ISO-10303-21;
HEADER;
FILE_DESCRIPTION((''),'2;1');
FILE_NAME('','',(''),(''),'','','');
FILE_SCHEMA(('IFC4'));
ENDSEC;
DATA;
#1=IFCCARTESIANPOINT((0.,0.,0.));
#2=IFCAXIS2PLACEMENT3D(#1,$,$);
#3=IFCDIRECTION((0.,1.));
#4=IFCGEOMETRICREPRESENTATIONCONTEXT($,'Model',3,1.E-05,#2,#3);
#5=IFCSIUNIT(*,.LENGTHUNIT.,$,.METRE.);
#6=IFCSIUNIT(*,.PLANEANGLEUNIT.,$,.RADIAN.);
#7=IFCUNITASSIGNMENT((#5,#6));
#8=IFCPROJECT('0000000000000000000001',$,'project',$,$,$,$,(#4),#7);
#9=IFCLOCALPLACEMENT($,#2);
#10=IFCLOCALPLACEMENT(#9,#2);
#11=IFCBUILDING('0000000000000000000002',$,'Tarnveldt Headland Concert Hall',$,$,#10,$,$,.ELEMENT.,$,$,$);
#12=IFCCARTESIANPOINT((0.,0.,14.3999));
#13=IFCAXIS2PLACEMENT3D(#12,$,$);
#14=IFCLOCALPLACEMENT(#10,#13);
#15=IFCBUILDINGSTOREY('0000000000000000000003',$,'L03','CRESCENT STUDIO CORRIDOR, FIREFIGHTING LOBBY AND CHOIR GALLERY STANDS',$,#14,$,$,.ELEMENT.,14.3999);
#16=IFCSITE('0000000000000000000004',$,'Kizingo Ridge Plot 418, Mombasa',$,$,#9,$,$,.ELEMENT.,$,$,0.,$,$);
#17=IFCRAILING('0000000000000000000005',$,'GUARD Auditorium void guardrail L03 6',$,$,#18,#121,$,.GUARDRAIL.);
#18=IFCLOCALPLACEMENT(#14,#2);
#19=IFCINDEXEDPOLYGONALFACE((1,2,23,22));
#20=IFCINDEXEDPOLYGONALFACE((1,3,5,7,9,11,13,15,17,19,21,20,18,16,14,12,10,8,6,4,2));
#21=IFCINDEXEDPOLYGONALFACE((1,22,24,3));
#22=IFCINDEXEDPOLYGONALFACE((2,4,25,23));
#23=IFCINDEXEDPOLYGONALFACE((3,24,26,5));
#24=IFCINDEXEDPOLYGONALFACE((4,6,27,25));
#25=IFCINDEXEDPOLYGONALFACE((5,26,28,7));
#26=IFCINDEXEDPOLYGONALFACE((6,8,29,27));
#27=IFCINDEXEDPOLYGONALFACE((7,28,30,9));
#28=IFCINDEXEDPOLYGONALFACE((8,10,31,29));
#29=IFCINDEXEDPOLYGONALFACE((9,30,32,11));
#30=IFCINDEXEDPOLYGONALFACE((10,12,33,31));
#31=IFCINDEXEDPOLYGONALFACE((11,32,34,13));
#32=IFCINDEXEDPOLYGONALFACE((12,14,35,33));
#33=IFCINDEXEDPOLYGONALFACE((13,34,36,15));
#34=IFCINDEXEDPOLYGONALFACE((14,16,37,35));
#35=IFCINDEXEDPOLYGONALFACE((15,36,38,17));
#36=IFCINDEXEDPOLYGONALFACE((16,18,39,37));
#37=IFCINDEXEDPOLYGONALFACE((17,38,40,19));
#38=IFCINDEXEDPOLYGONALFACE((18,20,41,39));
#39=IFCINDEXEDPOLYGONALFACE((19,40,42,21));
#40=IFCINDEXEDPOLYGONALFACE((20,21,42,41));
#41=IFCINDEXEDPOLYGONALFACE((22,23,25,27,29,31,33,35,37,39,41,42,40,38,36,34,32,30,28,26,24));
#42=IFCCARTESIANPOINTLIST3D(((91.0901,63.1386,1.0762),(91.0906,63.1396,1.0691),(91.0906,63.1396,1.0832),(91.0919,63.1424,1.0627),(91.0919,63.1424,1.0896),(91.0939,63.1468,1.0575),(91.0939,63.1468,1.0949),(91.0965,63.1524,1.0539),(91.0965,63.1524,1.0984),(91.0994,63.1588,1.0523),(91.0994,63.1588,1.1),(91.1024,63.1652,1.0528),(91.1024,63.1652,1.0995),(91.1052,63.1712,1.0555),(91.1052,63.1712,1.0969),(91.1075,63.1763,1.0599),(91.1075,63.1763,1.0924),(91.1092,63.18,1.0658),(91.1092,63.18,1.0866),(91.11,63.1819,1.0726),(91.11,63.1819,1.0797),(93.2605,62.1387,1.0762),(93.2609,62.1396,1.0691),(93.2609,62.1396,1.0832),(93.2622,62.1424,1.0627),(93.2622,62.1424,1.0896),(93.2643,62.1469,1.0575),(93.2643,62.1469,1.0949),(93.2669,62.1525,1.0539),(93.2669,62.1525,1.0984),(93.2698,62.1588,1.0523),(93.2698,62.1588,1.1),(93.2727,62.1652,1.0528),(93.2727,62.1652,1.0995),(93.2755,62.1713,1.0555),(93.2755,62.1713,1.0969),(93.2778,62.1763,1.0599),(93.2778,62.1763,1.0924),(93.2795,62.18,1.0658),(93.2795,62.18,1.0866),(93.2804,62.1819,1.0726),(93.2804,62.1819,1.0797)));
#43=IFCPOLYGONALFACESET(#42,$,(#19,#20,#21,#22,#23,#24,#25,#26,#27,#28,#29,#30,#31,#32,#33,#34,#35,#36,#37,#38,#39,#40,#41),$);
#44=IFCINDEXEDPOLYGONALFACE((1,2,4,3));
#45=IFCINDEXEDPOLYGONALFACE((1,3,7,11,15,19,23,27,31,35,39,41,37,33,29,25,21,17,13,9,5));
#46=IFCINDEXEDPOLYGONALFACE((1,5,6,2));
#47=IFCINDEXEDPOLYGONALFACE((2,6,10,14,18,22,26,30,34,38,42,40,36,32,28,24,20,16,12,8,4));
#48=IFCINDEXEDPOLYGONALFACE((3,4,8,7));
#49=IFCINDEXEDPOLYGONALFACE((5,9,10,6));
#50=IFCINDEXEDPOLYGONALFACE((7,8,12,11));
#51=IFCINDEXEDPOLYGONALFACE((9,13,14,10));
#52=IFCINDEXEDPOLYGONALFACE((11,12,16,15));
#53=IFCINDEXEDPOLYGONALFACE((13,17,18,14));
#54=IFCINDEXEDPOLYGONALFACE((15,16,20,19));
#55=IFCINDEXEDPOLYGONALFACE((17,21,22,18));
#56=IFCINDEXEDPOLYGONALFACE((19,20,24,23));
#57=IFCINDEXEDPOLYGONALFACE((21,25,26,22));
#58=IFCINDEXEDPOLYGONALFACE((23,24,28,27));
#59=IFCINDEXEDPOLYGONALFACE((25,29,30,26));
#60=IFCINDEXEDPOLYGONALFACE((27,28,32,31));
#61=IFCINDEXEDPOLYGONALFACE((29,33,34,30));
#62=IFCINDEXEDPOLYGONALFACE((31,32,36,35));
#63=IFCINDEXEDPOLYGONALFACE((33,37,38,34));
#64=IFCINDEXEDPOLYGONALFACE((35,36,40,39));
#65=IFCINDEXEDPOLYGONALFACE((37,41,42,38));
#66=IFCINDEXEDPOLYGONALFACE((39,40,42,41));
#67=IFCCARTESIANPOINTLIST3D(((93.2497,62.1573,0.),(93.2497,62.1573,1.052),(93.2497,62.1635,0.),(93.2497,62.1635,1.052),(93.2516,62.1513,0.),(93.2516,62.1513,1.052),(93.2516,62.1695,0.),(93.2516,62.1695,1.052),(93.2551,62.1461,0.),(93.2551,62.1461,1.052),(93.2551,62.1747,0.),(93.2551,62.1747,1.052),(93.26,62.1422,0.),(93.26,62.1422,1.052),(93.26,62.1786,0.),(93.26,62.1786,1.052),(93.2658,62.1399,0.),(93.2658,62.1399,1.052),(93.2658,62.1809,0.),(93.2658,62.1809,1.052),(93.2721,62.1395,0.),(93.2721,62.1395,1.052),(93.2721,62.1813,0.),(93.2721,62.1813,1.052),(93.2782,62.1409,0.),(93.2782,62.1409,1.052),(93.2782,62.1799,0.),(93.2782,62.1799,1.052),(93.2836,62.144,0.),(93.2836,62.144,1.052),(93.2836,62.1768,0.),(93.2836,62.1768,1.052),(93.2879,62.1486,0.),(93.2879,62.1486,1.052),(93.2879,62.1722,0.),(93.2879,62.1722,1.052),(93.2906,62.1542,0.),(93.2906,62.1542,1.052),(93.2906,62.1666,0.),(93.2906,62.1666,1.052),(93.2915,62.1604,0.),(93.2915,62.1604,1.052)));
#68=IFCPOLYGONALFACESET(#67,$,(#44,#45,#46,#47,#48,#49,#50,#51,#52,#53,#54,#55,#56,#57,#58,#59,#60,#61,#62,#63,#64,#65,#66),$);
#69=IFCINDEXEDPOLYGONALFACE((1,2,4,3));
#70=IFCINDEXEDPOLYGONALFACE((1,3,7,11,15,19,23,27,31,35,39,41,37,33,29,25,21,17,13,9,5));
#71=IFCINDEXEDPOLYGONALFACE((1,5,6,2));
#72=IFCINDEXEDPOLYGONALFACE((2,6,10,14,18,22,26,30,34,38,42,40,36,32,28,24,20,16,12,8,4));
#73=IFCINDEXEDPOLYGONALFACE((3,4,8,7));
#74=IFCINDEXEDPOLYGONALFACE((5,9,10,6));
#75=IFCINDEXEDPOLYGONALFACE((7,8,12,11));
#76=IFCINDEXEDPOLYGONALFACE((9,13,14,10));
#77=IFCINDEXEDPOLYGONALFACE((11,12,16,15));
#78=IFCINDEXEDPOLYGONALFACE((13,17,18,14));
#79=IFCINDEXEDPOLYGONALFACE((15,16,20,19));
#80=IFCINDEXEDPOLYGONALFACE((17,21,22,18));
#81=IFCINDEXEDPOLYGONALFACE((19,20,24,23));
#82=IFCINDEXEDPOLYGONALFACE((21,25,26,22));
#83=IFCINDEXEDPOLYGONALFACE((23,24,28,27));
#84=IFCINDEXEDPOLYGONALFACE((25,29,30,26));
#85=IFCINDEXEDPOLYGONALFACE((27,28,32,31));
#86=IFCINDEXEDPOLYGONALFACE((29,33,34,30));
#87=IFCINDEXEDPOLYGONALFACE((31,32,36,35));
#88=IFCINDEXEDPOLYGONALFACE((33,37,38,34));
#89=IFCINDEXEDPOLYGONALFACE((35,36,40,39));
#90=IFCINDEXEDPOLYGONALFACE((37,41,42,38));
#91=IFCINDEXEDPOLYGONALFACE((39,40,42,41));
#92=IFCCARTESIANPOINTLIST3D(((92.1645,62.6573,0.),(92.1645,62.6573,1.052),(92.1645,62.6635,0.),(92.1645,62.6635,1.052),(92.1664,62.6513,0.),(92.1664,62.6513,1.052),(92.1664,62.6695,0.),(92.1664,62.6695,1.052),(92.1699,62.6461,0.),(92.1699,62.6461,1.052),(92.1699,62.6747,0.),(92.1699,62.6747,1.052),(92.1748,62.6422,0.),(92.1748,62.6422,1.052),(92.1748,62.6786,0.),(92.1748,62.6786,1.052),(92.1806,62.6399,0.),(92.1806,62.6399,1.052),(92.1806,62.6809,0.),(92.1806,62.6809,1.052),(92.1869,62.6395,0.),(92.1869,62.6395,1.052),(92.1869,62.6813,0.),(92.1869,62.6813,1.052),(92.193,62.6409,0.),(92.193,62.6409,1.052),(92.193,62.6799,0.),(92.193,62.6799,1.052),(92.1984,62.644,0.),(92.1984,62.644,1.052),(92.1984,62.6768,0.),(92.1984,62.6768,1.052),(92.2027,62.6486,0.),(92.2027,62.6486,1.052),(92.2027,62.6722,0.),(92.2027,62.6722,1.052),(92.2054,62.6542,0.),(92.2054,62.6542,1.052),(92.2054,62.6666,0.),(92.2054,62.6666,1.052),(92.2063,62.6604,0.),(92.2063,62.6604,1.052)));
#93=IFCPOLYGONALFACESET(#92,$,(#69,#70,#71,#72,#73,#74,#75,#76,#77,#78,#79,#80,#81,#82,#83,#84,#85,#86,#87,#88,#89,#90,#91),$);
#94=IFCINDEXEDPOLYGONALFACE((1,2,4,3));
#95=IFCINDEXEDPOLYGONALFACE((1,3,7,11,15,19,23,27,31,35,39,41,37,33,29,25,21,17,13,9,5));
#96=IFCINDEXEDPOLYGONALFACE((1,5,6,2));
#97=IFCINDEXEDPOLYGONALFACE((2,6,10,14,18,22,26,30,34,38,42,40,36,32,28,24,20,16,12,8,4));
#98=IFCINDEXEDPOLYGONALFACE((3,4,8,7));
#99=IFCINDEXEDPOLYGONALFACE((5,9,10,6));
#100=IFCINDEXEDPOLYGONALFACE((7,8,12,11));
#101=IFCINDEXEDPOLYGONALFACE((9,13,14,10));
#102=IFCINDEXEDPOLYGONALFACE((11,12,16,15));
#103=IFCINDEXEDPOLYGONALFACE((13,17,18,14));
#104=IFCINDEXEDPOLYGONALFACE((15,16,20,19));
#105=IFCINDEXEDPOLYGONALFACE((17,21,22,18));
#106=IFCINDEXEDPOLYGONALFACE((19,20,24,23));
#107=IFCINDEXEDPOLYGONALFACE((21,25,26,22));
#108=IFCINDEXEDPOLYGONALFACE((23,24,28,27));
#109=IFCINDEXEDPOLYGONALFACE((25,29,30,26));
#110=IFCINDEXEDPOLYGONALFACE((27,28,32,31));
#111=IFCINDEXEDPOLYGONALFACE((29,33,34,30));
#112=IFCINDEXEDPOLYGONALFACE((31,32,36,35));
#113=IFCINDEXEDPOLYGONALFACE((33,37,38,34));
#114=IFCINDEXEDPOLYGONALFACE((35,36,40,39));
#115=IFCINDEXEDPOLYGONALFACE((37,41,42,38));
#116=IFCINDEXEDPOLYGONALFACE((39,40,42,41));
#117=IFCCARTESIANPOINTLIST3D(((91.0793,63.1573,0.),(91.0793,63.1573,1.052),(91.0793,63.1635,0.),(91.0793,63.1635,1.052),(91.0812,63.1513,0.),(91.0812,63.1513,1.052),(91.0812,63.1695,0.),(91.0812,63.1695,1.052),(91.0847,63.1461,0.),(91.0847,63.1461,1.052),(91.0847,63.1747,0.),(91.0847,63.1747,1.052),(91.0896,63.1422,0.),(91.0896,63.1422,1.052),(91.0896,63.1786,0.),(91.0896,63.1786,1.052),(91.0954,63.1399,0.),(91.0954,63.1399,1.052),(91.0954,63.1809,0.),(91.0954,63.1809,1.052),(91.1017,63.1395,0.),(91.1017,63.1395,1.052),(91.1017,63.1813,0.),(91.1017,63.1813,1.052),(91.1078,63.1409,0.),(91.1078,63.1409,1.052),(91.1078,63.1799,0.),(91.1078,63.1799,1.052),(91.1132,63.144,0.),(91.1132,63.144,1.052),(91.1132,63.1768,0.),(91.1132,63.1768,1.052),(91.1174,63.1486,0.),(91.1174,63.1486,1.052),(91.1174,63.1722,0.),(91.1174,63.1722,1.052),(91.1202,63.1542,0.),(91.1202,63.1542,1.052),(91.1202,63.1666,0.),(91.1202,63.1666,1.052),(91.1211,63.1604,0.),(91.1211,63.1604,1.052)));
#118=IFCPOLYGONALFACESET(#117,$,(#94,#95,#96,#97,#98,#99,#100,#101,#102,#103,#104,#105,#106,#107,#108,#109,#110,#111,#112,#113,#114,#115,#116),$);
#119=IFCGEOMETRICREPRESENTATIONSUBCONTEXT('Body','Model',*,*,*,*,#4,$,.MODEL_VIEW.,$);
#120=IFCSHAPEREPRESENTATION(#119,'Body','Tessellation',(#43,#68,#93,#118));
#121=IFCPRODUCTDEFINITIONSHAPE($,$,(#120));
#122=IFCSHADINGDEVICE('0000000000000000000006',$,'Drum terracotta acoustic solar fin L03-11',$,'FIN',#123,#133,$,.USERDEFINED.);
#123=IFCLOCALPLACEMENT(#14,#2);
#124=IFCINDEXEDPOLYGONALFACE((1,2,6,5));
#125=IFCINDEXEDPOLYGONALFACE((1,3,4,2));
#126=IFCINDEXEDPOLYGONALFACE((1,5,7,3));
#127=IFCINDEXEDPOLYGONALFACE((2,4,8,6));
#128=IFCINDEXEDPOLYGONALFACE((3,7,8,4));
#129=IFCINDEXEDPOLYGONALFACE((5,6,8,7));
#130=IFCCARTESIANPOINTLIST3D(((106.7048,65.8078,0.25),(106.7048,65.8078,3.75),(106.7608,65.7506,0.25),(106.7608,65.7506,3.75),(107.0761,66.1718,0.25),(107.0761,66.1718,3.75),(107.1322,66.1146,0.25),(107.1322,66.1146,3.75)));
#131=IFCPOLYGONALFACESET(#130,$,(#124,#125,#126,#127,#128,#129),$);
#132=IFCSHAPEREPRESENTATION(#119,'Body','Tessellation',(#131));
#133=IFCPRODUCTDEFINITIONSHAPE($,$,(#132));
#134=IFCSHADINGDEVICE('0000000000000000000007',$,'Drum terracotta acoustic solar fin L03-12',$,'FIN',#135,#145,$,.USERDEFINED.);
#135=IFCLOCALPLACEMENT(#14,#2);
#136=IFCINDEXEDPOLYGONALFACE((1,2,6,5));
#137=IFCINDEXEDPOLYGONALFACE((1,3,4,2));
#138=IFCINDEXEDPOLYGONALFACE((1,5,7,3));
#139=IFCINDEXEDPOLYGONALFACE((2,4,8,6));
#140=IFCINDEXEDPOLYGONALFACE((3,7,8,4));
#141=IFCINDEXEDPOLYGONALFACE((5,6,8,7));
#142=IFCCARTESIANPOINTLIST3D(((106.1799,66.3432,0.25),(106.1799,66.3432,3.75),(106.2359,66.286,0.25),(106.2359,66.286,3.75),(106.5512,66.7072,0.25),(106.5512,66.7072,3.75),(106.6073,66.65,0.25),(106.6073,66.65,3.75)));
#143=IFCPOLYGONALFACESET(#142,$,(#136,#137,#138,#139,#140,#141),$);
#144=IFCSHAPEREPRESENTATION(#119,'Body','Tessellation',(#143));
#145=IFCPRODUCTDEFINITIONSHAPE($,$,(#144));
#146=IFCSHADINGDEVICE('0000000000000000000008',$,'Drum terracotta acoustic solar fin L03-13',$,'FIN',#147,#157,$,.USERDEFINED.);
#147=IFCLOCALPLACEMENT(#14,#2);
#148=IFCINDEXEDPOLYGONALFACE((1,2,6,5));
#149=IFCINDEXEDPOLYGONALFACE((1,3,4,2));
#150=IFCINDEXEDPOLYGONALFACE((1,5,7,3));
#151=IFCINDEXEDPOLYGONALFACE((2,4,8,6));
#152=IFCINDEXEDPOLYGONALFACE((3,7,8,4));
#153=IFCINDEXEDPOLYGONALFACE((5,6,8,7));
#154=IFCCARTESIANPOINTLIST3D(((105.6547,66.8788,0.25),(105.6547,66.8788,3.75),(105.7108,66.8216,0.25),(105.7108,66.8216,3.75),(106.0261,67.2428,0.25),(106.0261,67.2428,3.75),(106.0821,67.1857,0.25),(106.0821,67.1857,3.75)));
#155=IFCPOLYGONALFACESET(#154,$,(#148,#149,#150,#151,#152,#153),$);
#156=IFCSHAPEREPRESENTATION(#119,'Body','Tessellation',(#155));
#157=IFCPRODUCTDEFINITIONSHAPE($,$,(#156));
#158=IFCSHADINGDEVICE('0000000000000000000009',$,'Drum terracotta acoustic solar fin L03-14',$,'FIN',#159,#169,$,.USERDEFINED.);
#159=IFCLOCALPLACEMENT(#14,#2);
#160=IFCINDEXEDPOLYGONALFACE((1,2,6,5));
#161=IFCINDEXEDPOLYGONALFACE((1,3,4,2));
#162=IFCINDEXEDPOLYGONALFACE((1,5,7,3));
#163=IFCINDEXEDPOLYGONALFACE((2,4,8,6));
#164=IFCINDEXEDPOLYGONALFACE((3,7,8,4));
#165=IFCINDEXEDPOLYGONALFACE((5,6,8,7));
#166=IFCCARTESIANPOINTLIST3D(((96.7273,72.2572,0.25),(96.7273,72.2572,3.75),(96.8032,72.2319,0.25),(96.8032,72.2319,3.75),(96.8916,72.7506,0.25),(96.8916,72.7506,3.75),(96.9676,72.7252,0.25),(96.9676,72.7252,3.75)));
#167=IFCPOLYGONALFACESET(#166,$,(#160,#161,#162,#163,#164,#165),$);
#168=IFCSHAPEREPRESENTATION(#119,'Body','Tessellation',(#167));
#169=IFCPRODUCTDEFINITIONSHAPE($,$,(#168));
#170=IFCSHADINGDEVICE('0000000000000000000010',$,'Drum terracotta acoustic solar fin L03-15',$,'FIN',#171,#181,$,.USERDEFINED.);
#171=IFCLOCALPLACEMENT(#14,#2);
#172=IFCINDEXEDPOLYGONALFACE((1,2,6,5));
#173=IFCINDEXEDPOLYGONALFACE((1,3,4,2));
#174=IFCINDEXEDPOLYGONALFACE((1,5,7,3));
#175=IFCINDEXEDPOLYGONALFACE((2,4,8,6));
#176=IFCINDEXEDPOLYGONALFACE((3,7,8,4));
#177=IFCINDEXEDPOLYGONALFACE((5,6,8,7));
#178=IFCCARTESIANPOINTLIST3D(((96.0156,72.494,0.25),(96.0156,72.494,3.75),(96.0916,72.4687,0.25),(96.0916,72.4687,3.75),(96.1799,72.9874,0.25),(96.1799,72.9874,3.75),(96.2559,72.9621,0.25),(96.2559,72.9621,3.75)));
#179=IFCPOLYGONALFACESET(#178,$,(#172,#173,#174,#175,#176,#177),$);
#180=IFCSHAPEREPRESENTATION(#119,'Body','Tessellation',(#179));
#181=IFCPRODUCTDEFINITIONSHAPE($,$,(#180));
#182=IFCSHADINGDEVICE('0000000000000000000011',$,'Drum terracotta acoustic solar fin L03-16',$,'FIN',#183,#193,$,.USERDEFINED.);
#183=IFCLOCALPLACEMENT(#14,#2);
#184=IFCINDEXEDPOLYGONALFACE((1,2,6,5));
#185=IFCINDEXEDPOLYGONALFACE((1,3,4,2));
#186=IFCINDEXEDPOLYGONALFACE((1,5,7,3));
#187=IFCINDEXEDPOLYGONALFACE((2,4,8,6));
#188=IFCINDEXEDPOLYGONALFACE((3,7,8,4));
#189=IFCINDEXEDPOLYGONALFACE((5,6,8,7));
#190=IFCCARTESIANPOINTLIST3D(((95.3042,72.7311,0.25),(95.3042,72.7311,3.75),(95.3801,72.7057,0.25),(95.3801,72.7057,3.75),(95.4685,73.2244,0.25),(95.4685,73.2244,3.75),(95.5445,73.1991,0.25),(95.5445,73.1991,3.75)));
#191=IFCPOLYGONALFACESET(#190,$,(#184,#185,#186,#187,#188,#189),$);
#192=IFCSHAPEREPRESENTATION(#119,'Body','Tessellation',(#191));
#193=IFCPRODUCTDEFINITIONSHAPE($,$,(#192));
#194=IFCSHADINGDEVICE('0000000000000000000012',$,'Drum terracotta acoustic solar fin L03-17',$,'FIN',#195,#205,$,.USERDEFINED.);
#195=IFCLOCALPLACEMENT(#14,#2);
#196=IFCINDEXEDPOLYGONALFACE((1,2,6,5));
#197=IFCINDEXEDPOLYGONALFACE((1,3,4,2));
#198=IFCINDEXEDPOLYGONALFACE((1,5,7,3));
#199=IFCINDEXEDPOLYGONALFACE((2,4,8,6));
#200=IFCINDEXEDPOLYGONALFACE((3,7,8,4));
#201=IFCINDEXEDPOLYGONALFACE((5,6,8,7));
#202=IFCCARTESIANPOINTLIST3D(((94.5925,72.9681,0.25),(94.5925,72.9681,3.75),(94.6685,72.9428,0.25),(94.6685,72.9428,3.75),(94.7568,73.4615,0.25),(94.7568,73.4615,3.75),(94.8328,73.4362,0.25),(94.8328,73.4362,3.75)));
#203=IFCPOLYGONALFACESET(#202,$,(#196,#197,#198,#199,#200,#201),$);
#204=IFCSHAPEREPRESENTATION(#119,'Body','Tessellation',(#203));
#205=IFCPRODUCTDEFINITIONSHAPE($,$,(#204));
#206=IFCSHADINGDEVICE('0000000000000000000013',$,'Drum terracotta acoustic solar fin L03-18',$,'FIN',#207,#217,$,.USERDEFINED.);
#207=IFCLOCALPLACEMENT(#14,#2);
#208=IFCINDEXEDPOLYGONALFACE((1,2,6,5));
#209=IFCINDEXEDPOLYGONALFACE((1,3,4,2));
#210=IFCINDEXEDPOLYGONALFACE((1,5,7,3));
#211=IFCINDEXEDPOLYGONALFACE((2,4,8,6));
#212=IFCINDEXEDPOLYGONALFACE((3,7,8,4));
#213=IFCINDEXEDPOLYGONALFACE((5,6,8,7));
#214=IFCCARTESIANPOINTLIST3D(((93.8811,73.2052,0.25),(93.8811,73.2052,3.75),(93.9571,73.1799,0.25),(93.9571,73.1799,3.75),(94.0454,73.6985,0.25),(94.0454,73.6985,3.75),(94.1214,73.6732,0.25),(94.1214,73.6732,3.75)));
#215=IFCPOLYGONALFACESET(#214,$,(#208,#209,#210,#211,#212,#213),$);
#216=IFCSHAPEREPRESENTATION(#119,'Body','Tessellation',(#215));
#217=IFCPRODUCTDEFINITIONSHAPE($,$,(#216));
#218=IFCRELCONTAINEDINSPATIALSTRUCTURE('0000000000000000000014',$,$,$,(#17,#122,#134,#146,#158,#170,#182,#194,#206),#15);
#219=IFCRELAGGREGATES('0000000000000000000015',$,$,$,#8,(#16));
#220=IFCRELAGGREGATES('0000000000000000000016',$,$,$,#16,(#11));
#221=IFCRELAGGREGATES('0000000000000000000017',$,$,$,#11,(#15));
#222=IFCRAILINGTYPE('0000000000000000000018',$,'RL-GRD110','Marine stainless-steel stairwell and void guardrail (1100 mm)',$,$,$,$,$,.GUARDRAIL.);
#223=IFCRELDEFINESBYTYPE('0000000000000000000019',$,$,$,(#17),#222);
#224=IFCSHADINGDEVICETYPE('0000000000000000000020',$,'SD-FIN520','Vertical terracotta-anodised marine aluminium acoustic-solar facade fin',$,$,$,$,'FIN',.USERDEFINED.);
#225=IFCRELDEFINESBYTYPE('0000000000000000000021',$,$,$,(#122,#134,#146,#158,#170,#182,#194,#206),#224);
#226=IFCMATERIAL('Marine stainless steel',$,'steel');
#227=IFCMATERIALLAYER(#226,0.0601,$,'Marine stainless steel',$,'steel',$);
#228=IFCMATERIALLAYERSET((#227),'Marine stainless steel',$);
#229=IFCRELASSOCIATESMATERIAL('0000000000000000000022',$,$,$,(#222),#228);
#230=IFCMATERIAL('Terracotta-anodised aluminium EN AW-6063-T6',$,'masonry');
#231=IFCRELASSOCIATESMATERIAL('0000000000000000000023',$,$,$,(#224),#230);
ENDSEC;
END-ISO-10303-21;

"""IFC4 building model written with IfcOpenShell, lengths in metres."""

from ifc_helpers import new_model, si_unit, direction, frame, origin, origin_2d, place, context, subcontext, project, spatial, rectangle, circle, extrude, material, layer, layer_set, type_object, element, save


model = new_model("IFC4")

# Units and contexts
model_context = context("Model", 3, precision=1e-05, world=origin(), true_north=direction((0.0, 1.0)))
body_context = subcontext(model_context, "Body", "Model", "MODEL_VIEW")
ifc_project = project(units=[si_unit("LENGTHUNIT", "METRE"), si_unit("PLANEANGLEUNIT", "RADIAN")], contexts=[model_context])

# Site, building, storey
site_placement = place(None, origin())
site = spatial("IfcSite", under=ifc_project, at=site_placement, Name="Kizingo Ridge Plot 418, Mombasa", CompositionType="ELEMENT", RefElevation=0.0)
building_placement = place(site_placement, origin())
building = spatial("IfcBuilding", under=site, at=building_placement, Name="Tarnveldt Headland Concert Hall", CompositionType="ELEMENT")
storey_placement = place(building_placement, frame((0.0, 0.0, 14.3999)))
storey = spatial("IfcBuildingStorey", under=building, at=storey_placement, Name="L03", Description="CRESCENT STUDIO CORRIDOR, FIREFIGHTING LOBBY AND CHOIR GALLERY STANDS", CompositionType="ELEMENT", Elevation=14.3999)

# Railing
ifc_material_1 = material(Name="Marine stainless steel", Category="steel")
ifc_layer_1 = layer(ifc_material_1, 0.0601, Name="Marine stainless steel", Category="steel")
ifc_layer_set_1 = layer_set([ifc_layer_1], Name="Marine stainless steel")
railing_type_1 = type_object("IfcRailingType", Name="RL-GRD110", Description="Marine stainless-steel stairwell and void guardrail (1100 mm)", PredefinedType="GUARDRAIL", material=ifc_layer_set_1)
railing_1_placement = place(storey_placement, frame((93.2705, 62.1604, 0.0)))
element("IfcRailing", 1, at=railing_1_placement, inside=storey, type_object=railing_type_1, Name="GUARD Auditorium void guardrail L03 6", PredefinedType="GUARDRAIL", context=body_context, shape_type="SweptSolid", body=[
    extrude(circle(Radius=0.0239, at=origin_2d()), frame((0.0, 0.0, 1.0762), z_axis=(-0.908234, 0.418462, 0.0), x_axis=(-0.418462, -0.908234, 0.0)), (0.0, 0.0, 1.0), 2.3896),
    extrude(circle(Radius=0.021, at=origin_2d()), origin(), (0.0, 0.0, 1.0), 1.052),
    extrude(circle(Radius=0.021, at=origin_2d()), frame((-1.0852, 0.5, 0.0)), (0.0, 0.0, 1.0), 1.052),
    extrude(circle(Radius=0.021, at=origin_2d()), frame((-2.1704, 1.0, 0.0)), (0.0, 0.0, 1.0), 1.052),
])

# Shading devices
ifc_material_2 = material(Name="Terracotta-anodised aluminium EN AW-6063-T6", Category="masonry")
shading_device_type = type_object("IfcShadingDeviceType", Name="SD-FIN520", Description="Vertical terracotta-anodised marine aluminium acoustic-solar facade fin", ElementType="FIN", PredefinedType="USERDEFINED", material=ifc_material_2)
for number, where, z_axis, x_axis, name in (
    (2, (106.9185, 65.9612, 0.25), (0.0, 0.0, 1.0), (0.714106, 0.700037, 0.0), "Drum terracotta acoustic solar fin L03-11"),
    (3, (106.3936, 66.4966, 0.25), (0.0, 0.0, 1.0), (0.714106, 0.700037, 0.0), "Drum terracotta acoustic solar fin L03-12"),
    (4, (105.8684, 67.0322, 0.25), (0.0, 0.0, 1.0), (0.714106, 0.700037, 0.0), "Drum terracotta acoustic solar fin L03-13"),
    (5, (96.8474, 72.4912, 0.25), (0.0, 0.0, 1.0), (0.31598, 0.948766, 0.0), "Drum terracotta acoustic solar fin L03-14"),
    (6, (96.1357, 72.728, 0.25), (0.0, 0.0, 1.0), (0.31598, 0.948766, 0.0), "Drum terracotta acoustic solar fin L03-15"),
    (7, (95.4243, 72.9651, 0.25), (0.0, 0.0, 1.0), (0.31598, 0.948766, 0.0), "Drum terracotta acoustic solar fin L03-16"),
    (8, (94.7126, 73.2021, 0.25), (0.0, 0.0, 1.0), (0.31598, 0.948766, 0.0), "Drum terracotta acoustic solar fin L03-17"),
    (9, (94.0012, 73.4392, 0.25), (0.0, 0.0, 1.0), (0.31598, 0.948766, 0.0), "Drum terracotta acoustic solar fin L03-18"),
):
    element("IfcShadingDevice", number, at=place(storey_placement, frame(where, z_axis=z_axis, x_axis=x_axis)), inside=storey, type_object=shading_device_type, Name=name, ObjectType="FIN", PredefinedType="USERDEFINED", context=body_context, shape_type="SweptSolid", body=[
        extrude(rectangle(XDim=0.52, YDim=0.0801, at=origin_2d()), origin(), (0.0, 0.0, 1.0), 3.5),
    ])

save(model, "model.ifc")
